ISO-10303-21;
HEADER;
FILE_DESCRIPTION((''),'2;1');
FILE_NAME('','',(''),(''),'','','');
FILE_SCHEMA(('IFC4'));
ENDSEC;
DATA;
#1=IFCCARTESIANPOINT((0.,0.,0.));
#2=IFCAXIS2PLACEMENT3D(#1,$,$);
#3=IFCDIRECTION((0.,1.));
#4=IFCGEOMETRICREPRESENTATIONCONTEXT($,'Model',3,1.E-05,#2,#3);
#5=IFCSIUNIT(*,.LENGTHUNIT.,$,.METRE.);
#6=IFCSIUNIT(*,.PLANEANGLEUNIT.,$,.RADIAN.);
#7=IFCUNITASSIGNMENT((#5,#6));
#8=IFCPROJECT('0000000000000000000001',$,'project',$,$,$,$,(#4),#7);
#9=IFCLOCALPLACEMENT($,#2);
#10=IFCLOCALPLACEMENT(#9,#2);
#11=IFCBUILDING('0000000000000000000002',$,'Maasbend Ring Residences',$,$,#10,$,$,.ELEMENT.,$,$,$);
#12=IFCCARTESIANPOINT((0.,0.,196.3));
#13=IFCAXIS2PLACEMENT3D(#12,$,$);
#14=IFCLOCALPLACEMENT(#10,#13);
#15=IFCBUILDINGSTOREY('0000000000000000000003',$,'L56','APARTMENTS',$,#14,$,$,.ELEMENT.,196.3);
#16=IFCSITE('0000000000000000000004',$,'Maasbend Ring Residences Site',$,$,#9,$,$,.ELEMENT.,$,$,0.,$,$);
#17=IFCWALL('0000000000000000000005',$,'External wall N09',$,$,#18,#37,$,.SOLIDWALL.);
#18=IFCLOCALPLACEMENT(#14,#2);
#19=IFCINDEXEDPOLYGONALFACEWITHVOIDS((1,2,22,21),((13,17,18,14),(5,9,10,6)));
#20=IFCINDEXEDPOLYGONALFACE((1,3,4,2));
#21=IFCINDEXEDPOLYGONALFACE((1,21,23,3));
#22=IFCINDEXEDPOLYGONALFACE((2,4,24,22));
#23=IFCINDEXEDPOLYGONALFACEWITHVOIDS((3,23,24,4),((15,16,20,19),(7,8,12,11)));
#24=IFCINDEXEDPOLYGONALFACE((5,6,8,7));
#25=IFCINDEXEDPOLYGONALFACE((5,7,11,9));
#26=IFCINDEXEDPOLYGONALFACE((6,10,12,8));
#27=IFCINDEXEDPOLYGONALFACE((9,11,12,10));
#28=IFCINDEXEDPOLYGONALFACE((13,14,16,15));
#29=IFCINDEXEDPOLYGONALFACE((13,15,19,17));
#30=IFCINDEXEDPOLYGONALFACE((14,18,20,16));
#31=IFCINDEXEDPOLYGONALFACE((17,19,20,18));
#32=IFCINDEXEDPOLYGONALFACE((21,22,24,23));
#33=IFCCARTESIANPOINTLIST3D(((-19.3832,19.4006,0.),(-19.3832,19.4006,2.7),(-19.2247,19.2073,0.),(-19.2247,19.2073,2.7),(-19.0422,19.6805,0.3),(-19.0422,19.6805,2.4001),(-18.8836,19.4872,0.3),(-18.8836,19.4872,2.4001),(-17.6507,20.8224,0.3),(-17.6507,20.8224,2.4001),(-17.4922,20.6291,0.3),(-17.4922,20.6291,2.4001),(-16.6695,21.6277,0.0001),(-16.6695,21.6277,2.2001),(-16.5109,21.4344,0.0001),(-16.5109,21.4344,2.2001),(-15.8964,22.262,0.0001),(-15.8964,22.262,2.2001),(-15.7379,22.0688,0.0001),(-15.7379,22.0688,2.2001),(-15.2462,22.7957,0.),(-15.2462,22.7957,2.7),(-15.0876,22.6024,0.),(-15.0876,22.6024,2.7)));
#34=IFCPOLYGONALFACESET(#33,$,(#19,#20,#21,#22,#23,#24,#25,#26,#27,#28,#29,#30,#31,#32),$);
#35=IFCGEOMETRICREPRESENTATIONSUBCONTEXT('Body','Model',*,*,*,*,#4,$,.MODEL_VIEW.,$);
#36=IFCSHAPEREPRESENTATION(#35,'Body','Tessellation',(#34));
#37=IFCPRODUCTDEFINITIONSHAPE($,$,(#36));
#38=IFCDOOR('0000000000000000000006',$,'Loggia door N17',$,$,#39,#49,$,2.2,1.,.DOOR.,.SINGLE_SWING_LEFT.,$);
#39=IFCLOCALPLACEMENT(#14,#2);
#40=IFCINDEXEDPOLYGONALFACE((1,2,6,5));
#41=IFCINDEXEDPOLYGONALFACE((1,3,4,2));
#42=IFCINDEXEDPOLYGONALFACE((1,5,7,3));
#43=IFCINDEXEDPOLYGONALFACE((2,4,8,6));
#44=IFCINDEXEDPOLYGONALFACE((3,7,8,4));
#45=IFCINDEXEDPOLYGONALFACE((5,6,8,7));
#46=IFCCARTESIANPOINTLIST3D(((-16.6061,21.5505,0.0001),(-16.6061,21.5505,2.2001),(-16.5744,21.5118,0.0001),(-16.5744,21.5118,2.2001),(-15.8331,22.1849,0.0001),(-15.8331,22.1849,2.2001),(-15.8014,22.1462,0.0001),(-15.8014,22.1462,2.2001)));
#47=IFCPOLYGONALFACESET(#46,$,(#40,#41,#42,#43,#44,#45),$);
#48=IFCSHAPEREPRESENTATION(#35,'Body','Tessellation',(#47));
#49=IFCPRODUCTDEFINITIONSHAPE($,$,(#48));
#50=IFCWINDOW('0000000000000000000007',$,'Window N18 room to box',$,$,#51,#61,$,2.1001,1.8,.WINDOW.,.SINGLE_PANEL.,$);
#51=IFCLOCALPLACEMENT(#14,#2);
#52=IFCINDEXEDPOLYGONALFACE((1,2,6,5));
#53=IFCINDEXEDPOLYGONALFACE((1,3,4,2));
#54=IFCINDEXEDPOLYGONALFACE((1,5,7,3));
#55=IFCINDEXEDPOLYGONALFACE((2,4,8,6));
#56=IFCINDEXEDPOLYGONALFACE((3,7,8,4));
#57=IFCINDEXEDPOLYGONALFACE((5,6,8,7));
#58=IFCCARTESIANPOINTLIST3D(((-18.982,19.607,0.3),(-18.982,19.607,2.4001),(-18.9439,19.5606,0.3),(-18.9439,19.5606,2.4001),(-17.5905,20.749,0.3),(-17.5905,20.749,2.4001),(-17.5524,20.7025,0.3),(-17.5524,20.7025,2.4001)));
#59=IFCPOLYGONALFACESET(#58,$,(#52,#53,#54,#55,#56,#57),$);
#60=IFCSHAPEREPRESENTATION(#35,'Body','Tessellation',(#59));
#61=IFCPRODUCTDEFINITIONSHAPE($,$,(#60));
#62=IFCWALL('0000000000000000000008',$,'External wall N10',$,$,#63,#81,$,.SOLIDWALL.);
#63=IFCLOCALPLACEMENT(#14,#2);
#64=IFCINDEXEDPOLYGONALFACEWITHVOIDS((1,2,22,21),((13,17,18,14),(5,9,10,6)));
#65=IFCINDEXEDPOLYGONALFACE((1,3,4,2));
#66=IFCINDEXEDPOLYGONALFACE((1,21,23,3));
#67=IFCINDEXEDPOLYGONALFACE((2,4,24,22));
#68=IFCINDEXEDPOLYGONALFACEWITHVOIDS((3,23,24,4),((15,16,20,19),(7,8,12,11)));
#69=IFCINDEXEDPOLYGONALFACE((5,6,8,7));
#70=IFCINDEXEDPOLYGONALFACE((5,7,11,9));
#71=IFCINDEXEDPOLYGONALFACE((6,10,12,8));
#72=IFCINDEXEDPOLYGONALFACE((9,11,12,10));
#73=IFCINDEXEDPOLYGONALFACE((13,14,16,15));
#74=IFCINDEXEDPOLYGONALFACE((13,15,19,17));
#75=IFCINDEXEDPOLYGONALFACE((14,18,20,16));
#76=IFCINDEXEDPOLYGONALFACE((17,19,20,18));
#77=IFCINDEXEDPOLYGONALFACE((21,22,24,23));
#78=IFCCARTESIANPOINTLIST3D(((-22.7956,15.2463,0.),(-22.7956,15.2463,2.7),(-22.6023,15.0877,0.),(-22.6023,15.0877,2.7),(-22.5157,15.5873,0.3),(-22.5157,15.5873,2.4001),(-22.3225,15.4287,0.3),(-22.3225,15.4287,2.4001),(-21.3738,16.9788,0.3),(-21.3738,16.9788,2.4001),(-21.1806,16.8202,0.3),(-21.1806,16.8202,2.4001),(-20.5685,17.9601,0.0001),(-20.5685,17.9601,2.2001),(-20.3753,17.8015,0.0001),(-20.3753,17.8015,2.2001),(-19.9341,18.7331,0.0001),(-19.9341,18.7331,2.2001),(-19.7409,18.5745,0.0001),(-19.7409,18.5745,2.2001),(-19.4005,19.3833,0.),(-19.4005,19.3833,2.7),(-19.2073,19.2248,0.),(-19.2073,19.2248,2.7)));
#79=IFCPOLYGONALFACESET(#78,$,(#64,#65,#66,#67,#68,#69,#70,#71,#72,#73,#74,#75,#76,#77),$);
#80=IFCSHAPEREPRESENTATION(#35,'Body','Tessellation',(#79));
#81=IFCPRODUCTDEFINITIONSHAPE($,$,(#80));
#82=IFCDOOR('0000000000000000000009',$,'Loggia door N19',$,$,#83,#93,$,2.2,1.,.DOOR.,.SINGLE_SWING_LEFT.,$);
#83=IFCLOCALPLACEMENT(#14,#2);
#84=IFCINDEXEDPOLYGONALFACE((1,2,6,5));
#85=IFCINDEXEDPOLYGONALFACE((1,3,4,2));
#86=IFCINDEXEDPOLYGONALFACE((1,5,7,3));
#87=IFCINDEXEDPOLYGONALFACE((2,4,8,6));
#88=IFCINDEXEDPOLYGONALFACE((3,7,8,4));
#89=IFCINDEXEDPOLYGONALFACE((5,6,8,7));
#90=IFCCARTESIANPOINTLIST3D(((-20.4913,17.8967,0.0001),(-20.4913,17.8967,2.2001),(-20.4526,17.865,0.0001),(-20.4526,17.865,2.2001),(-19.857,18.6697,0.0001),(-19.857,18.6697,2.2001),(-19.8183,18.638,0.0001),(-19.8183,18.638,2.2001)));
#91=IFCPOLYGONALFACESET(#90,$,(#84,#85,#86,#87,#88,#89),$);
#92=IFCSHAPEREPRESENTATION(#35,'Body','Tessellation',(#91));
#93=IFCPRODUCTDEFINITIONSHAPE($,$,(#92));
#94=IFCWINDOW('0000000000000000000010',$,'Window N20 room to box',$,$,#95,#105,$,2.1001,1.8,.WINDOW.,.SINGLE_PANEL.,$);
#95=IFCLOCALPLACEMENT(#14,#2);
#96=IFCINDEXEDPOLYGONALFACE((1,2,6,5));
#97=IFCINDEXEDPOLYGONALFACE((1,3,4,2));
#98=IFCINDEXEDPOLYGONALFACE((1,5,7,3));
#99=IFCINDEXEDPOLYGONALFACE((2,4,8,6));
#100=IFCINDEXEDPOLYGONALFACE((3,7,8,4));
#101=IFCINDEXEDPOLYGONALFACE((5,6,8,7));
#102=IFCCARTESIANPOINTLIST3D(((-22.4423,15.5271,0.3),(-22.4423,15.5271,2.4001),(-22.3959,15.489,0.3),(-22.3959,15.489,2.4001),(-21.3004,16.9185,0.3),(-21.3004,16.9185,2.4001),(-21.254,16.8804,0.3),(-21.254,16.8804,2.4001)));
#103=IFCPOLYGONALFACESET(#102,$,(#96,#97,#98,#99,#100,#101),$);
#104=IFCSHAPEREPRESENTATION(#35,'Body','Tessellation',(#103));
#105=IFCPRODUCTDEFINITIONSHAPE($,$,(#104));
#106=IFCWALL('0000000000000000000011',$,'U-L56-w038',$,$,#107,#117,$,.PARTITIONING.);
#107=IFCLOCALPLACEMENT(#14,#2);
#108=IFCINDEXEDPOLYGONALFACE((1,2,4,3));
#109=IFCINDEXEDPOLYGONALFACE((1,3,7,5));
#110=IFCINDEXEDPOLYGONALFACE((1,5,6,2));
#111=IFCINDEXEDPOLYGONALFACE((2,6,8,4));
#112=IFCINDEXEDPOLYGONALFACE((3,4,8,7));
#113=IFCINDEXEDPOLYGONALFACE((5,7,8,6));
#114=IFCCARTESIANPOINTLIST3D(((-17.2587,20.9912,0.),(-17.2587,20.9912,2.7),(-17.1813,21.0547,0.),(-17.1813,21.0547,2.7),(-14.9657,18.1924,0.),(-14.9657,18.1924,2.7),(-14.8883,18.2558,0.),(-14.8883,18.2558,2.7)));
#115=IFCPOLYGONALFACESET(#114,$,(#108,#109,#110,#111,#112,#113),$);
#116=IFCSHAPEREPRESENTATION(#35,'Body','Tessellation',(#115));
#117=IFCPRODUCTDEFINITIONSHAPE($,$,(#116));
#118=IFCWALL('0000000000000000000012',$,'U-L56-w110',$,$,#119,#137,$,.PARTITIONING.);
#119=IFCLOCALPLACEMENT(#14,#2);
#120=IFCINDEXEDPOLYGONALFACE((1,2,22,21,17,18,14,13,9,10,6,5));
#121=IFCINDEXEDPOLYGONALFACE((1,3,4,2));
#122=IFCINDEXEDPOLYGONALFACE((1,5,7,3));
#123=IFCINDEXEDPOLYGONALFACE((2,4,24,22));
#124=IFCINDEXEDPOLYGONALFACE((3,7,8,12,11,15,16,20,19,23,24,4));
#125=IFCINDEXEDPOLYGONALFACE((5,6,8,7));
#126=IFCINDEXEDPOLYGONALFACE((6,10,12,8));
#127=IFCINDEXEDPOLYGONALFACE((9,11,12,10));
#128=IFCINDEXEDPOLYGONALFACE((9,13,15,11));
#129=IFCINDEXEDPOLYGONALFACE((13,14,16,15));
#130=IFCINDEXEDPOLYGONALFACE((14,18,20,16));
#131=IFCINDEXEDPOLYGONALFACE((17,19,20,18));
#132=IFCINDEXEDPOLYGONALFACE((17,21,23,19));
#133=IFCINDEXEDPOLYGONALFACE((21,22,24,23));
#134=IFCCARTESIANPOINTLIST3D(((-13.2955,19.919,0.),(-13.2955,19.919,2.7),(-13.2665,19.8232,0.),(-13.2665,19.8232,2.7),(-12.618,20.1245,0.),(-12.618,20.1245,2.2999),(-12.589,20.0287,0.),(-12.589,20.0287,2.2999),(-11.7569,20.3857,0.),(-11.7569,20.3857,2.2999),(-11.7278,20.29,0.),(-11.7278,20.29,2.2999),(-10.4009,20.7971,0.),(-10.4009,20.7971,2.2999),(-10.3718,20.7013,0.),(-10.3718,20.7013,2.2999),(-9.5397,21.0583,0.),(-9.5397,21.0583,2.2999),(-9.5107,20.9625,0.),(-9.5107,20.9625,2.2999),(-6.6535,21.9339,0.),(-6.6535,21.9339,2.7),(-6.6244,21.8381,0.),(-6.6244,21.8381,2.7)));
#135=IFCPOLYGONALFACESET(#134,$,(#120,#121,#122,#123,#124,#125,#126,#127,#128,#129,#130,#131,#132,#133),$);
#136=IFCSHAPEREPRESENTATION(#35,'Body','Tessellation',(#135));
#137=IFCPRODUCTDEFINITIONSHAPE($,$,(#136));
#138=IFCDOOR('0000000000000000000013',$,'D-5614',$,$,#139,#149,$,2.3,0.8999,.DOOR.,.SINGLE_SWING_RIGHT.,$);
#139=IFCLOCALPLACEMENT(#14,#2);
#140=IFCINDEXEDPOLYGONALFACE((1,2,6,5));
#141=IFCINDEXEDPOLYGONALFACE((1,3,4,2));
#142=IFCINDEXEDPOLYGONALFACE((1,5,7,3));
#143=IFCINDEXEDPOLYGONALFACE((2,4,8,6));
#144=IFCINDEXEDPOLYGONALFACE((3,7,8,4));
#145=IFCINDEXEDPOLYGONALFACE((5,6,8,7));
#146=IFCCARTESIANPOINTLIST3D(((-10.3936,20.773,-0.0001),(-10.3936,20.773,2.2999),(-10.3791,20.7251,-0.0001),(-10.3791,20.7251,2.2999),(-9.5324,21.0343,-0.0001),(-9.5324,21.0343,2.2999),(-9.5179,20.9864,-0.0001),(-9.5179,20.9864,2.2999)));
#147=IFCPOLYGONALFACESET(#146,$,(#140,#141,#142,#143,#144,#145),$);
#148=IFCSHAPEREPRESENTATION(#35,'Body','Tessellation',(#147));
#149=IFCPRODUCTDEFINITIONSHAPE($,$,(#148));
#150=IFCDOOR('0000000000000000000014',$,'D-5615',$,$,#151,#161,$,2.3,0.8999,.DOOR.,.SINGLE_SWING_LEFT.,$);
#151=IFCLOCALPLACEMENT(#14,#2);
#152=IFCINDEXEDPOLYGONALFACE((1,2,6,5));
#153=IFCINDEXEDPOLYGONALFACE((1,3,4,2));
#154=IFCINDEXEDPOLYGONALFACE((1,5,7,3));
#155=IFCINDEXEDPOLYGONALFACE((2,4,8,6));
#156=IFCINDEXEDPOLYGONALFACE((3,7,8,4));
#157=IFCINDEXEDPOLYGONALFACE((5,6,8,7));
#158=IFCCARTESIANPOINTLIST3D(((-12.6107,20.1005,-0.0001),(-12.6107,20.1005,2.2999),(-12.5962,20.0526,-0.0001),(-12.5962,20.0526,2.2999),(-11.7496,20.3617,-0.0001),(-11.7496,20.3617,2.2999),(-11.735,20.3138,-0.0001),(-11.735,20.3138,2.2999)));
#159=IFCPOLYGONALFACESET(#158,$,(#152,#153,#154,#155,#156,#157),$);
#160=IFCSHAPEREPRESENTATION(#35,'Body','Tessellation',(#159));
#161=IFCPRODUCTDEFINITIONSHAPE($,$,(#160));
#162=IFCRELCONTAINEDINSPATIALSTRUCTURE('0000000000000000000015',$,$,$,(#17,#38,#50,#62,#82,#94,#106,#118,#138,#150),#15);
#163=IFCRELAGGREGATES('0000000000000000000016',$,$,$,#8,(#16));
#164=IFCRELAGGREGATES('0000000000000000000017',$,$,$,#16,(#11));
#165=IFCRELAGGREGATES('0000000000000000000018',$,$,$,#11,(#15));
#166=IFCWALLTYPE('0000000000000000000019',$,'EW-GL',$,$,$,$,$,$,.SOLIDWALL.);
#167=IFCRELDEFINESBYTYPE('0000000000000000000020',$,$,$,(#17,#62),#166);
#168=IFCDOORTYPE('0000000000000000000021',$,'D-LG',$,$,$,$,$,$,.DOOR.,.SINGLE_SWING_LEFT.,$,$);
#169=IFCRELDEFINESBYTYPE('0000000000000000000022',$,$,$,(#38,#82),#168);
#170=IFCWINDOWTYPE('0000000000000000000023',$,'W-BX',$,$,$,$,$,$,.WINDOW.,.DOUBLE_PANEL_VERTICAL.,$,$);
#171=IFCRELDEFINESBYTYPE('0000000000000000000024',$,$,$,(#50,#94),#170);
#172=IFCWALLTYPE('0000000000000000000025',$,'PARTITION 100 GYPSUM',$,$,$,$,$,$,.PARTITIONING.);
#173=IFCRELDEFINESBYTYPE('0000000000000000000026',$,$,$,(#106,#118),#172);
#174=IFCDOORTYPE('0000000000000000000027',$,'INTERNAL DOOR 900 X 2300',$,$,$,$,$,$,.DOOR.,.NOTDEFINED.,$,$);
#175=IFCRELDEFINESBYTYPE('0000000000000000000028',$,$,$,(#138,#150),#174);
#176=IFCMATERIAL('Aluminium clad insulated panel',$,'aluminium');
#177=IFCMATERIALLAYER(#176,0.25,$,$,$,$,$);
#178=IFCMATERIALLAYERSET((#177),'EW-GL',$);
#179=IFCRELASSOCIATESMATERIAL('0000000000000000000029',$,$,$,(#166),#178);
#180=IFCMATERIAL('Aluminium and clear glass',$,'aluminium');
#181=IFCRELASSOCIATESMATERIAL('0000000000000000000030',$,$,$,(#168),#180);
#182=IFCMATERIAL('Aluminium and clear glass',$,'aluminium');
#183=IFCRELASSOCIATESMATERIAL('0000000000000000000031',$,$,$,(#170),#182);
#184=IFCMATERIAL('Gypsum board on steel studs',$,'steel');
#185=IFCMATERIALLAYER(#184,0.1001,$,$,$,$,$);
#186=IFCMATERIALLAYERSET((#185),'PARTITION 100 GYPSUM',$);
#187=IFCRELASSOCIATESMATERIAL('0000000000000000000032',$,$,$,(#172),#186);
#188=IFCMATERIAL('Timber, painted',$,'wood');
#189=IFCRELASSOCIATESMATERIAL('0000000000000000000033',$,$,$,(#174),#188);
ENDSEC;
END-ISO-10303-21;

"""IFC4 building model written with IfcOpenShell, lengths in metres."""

from ifc_helpers import new_model, si_unit, direction, frame, frame_2d, origin, place, context, subcontext, project, spatial, rectangle, extrude, material, layer, layer_set, type_object, element, fill, save


model = new_model("IFC4")

# Units and contexts
model_context = context("Model", 3, precision=1e-05, world=origin(), true_north=direction((0.0, 1.0)))
body_context = subcontext(model_context, "Body", "Model", "MODEL_VIEW")
ifc_project = project(units=[si_unit("LENGTHUNIT", "METRE"), si_unit("PLANEANGLEUNIT", "RADIAN")], contexts=[model_context])

# Site, building, storey
site_placement = place(None, origin())
site = spatial("IfcSite", under=ifc_project, at=site_placement, Name="Maasbend Ring Residences Site", CompositionType="ELEMENT", RefElevation=0.0)
building_placement = place(site_placement, origin())
building = spatial("IfcBuilding", under=site, at=building_placement, Name="Maasbend Ring Residences", CompositionType="ELEMENT")
storey_placement = place(building_placement, frame((0.0, 0.0, 196.3)))
storey = spatial("IfcBuildingStorey", under=building, at=storey_placement, Name="L56", Description="APARTMENTS", CompositionType="ELEMENT", Elevation=196.3)

# Walls, openings, doors, windows
ifc_material_1 = material(Name="Aluminium clad insulated panel", Category="aluminium")
ifc_layer_1 = layer(ifc_material_1, 0.25)
ifc_layer_set_1 = layer_set([ifc_layer_1], Name="EW-GL")
wall_type_1 = type_object("IfcWallType", Name="EW-GL", PredefinedType="SOLIDWALL", material=ifc_layer_set_1)
wall_1_placement = place(storey_placement, frame((-15.167, 22.699, 0.0), z_axis=(0.0, 0.0, 1.0), x_axis=(-0.773019, -0.634382, 0.0)))
wall_1 = element("IfcWall", 1, at=wall_1_placement, inside=storey, type_object=wall_type_1, Name="External wall N09", PredefinedType="SOLIDWALL", context=body_context, shape_type="SweptSolid", body=[
    extrude(rectangle(XDim=5.3518, YDim=0.25, at=frame_2d((2.6758, 0.0))), origin(), (0.0, 0.0, 1.0), 2.7),
])
opening_1_placement = place(wall_1_placement, frame((0.8411, 0.0, 0.0)))
opening_1 = element("IfcOpeningElement", 2, at=opening_1_placement, cuts=wall_1, PredefinedType="OPENING", context=body_context, shape_type="SweptSolid", body=[
    extrude(rectangle(XDim=1.0, YDim=2.2, at=frame_2d((0.5, 1.1001))), frame((0.0, 0.135, 0.0), z_axis=(0.0, -1.0, 0.0), x_axis=(1.0, 0.0, 0.0)), (0.0, 0.0, 1.0), 0.27),
])
opening_2_placement = place(wall_1_placement, frame((3.1106, 0.0, 0.3)))
opening_2 = element("IfcOpeningElement", 3, at=opening_2_placement, cuts=wall_1, PredefinedType="OPENING", context=body_context, shape_type="SweptSolid", body=[
    extrude(rectangle(XDim=1.8, YDim=2.1001, at=frame_2d((0.8999, 1.05))), frame((0.0, 0.135, 0.0), z_axis=(0.0, -1.0, 0.0), x_axis=(1.0, 0.0, 0.0)), (0.0, 0.0, 1.0), 0.27),
])
ifc_material_2 = material(Name="Aluminium and clear glass", Category="aluminium")
door_type_1 = type_object("IfcDoorType", Name="D-LG", OperationType="SINGLE_SWING_LEFT", PredefinedType="DOOR", material=ifc_material_2)
door_1_placement = place(opening_1_placement, origin())
door_1 = element("IfcDoor", 4, at=door_1_placement, inside=storey, type_object=door_type_1, Name="Loggia door N17", OperationType="SINGLE_SWING_LEFT", OverallHeight=2.2, OverallWidth=1.0, PredefinedType="DOOR", context=body_context, shape_type="SweptSolid", body=[
    extrude(rectangle(XDim=1.0, YDim=2.2, at=frame_2d((0.5, 1.1001))), frame((0.0, 0.0249, 0.0), z_axis=(0.0, -1.0, 0.0), x_axis=(1.0, 0.0, 0.0)), (0.0, 0.0, 1.0), 0.05),
])
fill(opening_1, door_1)
ifc_material_3 = material(Name="Aluminium and clear glass", Category="aluminium")
window_type_1 = type_object("IfcWindowType", Name="W-BX", PartitioningType="DOUBLE_PANEL_VERTICAL", PredefinedType="WINDOW", material=ifc_material_3)
window_1_placement = place(opening_2_placement, origin())
window_1 = element("IfcWindow", 5, at=window_1_placement, inside=storey, type_object=window_type_1, Name="Window N18 room to box", OverallHeight=2.1001, OverallWidth=1.8, PartitioningType="SINGLE_PANEL", PredefinedType="WINDOW", context=body_context, shape_type="SweptSolid", body=[
    extrude(rectangle(XDim=1.8, YDim=2.1001, at=frame_2d((0.8999, 1.05))), frame((0.0, 0.03, 0.0), z_axis=(0.0, -1.0, 0.0), x_axis=(1.0, 0.0, 0.0)), (0.0, 0.0, 1.0), 0.0601),
])
fill(opening_2, window_1)
wall_2_placement = place(storey_placement, frame((-19.304, 19.304, 0.0), z_axis=(0.0, 0.0, 1.0), x_axis=(-0.634382, -0.773019, 0.0)))
wall_2 = element("IfcWall", 6, at=wall_2_placement, inside=storey, type_object=wall_type_1, Name="External wall N10", PredefinedType="SOLIDWALL", context=body_context, shape_type="SweptSolid", body=[
    extrude(rectangle(XDim=5.3518, YDim=0.25, at=frame_2d((2.6758, 0.0))), origin(), (0.0, 0.0, 1.0), 2.7),
])
opening_3_placement = place(wall_2_placement, frame((0.8411, 0.0, 0.0)))
opening_3 = element("IfcOpeningElement", 7, at=opening_3_placement, cuts=wall_2, PredefinedType="OPENING", context=body_context, shape_type="SweptSolid", body=[
    extrude(rectangle(XDim=1.0, YDim=2.2, at=frame_2d((0.5, 1.1001))), frame((0.0, 0.135, 0.0), z_axis=(0.0, -1.0, 0.0), x_axis=(1.0, 0.0, 0.0)), (0.0, 0.0, 1.0), 0.27),
])
opening_4_placement = place(wall_2_placement, frame((3.1106, 0.0, 0.3)))
opening_4 = element("IfcOpeningElement", 8, at=opening_4_placement, cuts=wall_2, PredefinedType="OPENING", context=body_context, shape_type="SweptSolid", body=[
    extrude(rectangle(XDim=1.8, YDim=2.1001, at=frame_2d((0.8999, 1.05))), frame((0.0, 0.135, 0.0), z_axis=(0.0, -1.0, 0.0), x_axis=(1.0, 0.0, 0.0)), (0.0, 0.0, 1.0), 0.27),
])
door_2_placement = place(opening_3_placement, origin())
door_2 = element("IfcDoor", 9, at=door_2_placement, inside=storey, type_object=door_type_1, Name="Loggia door N19", OperationType="SINGLE_SWING_LEFT", OverallHeight=2.2, OverallWidth=1.0, PredefinedType="DOOR", context=body_context, shape_type="SweptSolid", body=[
    extrude(rectangle(XDim=1.0, YDim=2.2, at=frame_2d((0.5, 1.1001))), frame((0.0, 0.0249, 0.0), z_axis=(0.0, -1.0, 0.0), x_axis=(1.0, 0.0, 0.0)), (0.0, 0.0, 1.0), 0.05),
])
fill(opening_3, door_2)
window_2_placement = place(opening_4_placement, origin())
window_2 = element("IfcWindow", 10, at=window_2_placement, inside=storey, type_object=window_type_1, Name="Window N20 room to box", OverallHeight=2.1001, OverallWidth=1.8, PartitioningType="SINGLE_PANEL", PredefinedType="WINDOW", context=body_context, shape_type="SweptSolid", body=[
    extrude(rectangle(XDim=1.8, YDim=2.1001, at=frame_2d((0.8999, 1.05))), frame((0.0, 0.03, 0.0), z_axis=(0.0, -1.0, 0.0), x_axis=(1.0, 0.0, 0.0)), (0.0, 0.0, 1.0), 0.0601),
])
fill(opening_4, window_2)

# Wall
ifc_material_4 = material(Name="Gypsum board on steel studs", Category="steel")
ifc_layer_2 = layer(ifc_material_4, 0.1001)
ifc_layer_set_2 = layer_set([ifc_layer_2], Name="PARTITION 100 GYPSUM")
wall_type_2 = type_object("IfcWallType", Name="PARTITION 100 GYPSUM", PredefinedType="PARTITIONING", material=ifc_layer_set_2)
wall_3_placement = place(storey_placement, frame((-17.22, 21.0229, 0.0), z_axis=(0.0, 0.0, 1.0), x_axis=(0.633737, -0.773548, 0.0)))
element("IfcWall", 11, at=wall_3_placement, inside=storey, type_object=wall_type_2, Name="U-L56-w038", PredefinedType="PARTITIONING", context=body_context, shape_type="SweptSolid", body=[
    extrude(rectangle(XDim=3.6182, YDim=0.1001, at=frame_2d((1.8091, 0.0))), origin(), (0.0, 0.0, 1.0), 2.7),
])

# Wall, openings, doors
wall_4_placement = place(storey_placement, frame((-13.281, 19.8711, 0.0), z_axis=(0.0, 0.0, 1.0), x_axis=(0.956939, 0.29029, 0.0)))
wall_4 = element("IfcWall", 12, at=wall_4_placement, inside=storey, type_object=wall_type_2, Name="U-L56-w110", PredefinedType="PARTITIONING", context=body_context, shape_type="SweptSolid", body=[
    extrude(rectangle(XDim=6.9409, YDim=0.1001, at=frame_2d((3.4705, 0.0))), origin(), (0.0, 0.0, 1.0), 2.7),
])
opening_5_placement = place(wall_4_placement, frame((3.0249, 0.0, 0.0)))
opening_5 = element("IfcOpeningElement", 13, at=opening_5_placement, cuts=wall_4, PredefinedType="OPENING", context=body_context, shape_type="SweptSolid", body=[
    extrude(rectangle(XDim=0.8999, YDim=2.3, at=frame_2d((0.45, 1.1499))), frame((0.0, 0.0601, 0.0), z_axis=(0.0, -1.0, 0.0), x_axis=(1.0, 0.0, 0.0)), (0.0, 0.0, 1.0), 0.1201),
])
opening_6_placement = place(wall_4_placement, frame((0.708, 0.0, 0.0)))
opening_6 = element("IfcOpeningElement", 14, at=opening_6_placement, cuts=wall_4, PredefinedType="OPENING", context=body_context, shape_type="SweptSolid", body=[
    extrude(rectangle(XDim=0.8999, YDim=2.3, at=frame_2d((0.45, 1.1499))), frame((0.0, 0.0601, 0.0), z_axis=(0.0, -1.0, 0.0), x_axis=(1.0, 0.0, 0.0)), (0.0, 0.0, 1.0), 0.1201),
])
ifc_material_5 = material(Name="Timber, painted", Category="wood")
door_type_2 = type_object("IfcDoorType", Name="INTERNAL DOOR 900 X 2300", OperationType="NOTDEFINED", PredefinedType="DOOR", material=ifc_material_5)
door_3_placement = place(opening_5_placement, origin())
door_3 = element("IfcDoor", 15, at=door_3_placement, inside=storey, type_object=door_type_2, Name="D-5614", OperationType="SINGLE_SWING_RIGHT", OverallHeight=2.3, OverallWidth=0.8999, PredefinedType="DOOR", context=body_context, shape_type="SweptSolid", body=[
    extrude(rectangle(XDim=0.8999, YDim=2.3, at=frame_2d((0.45, 1.1499))), frame((0.0, 0.0249, 0.0), z_axis=(0.0, -1.0, 0.0), x_axis=(1.0, 0.0, 0.0)), (0.0, 0.0, 1.0), 0.05),
])
fill(opening_5, door_3)
door_4_placement = place(opening_6_placement, origin())
door_4 = element("IfcDoor", 16, at=door_4_placement, inside=storey, type_object=door_type_2, Name="D-5615", OperationType="SINGLE_SWING_LEFT", OverallHeight=2.3, OverallWidth=0.8999, PredefinedType="DOOR", context=body_context, shape_type="SweptSolid", body=[
    extrude(rectangle(XDim=0.8999, YDim=2.3, at=frame_2d((0.45, 1.1499))), frame((0.0, 0.0249, 0.0), z_axis=(0.0, -1.0, 0.0), x_axis=(1.0, 0.0, 0.0)), (0.0, 0.0, 1.0), 0.05),
])
fill(opening_6, door_4)

save(model, "model.ifc")
